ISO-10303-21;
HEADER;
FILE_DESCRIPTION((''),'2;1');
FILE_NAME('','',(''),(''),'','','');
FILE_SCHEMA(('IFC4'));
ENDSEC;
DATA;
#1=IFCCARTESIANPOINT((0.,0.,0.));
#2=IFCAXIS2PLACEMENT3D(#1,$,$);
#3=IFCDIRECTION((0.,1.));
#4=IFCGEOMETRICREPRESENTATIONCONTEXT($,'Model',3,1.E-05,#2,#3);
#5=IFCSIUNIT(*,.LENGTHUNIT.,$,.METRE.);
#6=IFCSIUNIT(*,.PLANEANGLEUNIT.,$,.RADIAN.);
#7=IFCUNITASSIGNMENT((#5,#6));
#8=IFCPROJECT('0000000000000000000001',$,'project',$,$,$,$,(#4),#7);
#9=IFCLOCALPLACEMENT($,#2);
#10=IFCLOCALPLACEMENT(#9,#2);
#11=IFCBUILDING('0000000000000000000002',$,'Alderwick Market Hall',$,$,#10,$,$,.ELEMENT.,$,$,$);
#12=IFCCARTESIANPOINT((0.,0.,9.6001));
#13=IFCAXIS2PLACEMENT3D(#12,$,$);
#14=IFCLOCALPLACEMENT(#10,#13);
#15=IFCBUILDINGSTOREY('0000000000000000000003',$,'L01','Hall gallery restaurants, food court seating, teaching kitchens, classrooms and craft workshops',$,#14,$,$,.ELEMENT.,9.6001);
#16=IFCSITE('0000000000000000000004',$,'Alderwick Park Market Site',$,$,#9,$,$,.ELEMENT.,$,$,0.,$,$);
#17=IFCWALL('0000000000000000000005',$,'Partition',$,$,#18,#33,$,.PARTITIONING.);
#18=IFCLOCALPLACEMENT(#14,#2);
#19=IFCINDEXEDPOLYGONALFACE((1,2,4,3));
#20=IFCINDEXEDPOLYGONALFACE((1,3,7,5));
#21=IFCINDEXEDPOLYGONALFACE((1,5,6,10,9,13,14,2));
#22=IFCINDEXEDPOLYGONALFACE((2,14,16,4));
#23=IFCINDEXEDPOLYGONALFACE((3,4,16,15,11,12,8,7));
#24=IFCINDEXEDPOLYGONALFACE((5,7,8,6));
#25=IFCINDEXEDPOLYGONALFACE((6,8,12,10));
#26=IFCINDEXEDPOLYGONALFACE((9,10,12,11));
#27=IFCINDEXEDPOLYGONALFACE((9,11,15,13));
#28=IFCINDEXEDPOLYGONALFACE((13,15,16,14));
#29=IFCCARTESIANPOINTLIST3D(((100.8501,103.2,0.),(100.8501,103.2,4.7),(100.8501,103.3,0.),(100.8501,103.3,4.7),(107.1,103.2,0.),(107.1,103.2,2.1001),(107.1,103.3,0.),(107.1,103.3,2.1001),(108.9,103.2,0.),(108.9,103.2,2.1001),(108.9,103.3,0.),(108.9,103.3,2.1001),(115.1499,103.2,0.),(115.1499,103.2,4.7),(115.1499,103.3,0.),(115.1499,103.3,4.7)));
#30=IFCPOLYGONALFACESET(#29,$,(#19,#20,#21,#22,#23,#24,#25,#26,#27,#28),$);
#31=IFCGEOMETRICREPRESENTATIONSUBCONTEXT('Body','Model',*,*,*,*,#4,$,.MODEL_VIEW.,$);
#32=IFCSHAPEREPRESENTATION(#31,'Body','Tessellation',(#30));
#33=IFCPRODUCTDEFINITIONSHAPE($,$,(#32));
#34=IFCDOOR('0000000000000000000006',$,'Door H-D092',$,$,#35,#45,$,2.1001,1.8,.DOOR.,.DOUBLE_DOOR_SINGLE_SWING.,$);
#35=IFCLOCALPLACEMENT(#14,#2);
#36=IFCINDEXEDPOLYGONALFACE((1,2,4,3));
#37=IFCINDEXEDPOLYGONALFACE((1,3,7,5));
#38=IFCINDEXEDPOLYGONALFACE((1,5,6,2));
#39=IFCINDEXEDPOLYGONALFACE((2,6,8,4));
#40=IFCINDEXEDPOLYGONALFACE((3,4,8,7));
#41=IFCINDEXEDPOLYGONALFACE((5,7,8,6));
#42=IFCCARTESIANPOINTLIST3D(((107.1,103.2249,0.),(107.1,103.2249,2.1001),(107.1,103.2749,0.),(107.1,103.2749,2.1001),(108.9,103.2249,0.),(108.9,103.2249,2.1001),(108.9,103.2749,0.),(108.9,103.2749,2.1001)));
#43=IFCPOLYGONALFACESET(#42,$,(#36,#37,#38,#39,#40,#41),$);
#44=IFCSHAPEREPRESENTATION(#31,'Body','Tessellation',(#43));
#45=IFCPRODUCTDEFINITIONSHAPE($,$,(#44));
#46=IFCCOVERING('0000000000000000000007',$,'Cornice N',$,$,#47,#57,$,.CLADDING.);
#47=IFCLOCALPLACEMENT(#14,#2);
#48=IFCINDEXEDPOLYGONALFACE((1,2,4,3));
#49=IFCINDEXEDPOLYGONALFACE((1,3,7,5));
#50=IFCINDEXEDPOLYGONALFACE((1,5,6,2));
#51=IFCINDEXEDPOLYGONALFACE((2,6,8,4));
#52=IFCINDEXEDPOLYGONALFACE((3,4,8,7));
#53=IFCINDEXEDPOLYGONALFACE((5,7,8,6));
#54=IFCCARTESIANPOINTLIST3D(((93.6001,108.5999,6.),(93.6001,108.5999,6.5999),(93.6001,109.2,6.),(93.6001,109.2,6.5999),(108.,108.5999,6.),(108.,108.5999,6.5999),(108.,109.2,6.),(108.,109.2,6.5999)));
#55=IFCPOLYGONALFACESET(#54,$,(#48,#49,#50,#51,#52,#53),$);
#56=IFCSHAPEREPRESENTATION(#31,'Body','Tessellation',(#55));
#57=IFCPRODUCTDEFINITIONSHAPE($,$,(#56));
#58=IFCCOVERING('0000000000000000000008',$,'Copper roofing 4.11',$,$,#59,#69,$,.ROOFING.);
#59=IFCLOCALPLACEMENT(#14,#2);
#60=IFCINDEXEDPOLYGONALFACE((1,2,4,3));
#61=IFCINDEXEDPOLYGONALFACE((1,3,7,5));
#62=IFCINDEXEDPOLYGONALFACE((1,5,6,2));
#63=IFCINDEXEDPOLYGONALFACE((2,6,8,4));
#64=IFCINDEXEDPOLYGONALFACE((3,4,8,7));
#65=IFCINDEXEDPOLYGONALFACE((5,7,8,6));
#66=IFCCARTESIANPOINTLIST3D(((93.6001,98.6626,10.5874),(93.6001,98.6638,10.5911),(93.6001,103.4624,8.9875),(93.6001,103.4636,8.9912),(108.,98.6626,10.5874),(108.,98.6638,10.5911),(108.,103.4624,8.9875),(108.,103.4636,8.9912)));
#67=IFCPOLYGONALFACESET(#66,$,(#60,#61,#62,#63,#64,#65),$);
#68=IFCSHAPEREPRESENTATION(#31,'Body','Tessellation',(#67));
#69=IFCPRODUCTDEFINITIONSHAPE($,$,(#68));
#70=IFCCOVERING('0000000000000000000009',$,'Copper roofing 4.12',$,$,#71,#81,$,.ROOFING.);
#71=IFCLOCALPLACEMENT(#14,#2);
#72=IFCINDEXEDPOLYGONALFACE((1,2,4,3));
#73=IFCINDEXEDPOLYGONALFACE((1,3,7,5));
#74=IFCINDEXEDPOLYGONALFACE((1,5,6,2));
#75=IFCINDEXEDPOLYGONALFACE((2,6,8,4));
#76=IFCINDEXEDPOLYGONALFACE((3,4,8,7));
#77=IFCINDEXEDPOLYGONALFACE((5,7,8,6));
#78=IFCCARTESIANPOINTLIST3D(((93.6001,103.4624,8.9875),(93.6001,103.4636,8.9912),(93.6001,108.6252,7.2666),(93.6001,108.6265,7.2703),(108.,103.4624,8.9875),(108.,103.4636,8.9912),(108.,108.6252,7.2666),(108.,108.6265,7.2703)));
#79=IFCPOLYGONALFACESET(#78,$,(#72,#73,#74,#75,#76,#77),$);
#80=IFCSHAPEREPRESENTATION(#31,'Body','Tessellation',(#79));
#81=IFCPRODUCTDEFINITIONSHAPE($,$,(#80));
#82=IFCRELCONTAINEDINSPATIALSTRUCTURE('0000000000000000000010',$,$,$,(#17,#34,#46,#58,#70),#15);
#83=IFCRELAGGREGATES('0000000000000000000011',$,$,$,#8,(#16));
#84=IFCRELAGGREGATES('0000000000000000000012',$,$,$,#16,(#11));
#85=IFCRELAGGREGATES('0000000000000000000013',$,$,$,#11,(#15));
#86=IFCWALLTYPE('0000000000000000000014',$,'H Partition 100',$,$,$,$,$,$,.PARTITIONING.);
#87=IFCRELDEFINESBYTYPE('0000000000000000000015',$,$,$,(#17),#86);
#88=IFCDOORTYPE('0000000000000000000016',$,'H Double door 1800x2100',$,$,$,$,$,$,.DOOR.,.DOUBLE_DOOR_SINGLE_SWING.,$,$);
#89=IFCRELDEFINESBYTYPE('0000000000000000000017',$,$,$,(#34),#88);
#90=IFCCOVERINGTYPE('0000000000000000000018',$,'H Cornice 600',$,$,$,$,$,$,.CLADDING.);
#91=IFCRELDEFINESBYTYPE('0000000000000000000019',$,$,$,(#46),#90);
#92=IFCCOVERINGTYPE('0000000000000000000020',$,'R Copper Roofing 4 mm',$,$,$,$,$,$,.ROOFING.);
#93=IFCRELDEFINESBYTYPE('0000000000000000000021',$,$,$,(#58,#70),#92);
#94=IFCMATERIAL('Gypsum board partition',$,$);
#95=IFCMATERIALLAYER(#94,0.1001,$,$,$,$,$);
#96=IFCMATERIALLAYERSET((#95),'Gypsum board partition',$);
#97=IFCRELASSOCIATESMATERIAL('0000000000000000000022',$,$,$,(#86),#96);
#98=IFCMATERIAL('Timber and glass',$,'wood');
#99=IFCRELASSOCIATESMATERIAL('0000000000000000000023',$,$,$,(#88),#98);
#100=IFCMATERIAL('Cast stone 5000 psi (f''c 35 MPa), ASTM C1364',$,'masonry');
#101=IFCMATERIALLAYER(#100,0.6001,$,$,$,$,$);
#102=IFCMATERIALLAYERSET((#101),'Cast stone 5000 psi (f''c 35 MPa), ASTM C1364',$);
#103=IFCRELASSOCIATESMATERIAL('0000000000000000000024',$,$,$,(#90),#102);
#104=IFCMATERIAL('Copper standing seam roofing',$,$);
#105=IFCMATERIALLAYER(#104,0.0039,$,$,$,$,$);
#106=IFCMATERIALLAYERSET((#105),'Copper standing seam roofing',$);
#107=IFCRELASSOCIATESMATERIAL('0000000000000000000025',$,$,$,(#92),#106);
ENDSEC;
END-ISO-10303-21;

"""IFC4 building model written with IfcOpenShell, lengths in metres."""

from ifc_helpers import new_model, si_unit, direction, frame, frame_2d, origin, place, context, subcontext, project, spatial, polyline, rectangle, outline, extrude, material, layer, layer_set, type_object, element, fill, save


model = new_model("IFC4")

# Units and contexts
model_context = context("Model", 3, precision=1e-05, world=origin(), true_north=direction((0.0, 1.0)))
body_context = subcontext(model_context, "Body", "Model", "MODEL_VIEW")
ifc_project = project(units=[si_unit("LENGTHUNIT", "METRE"), si_unit("PLANEANGLEUNIT", "RADIAN")], contexts=[model_context])

# Site, building, storey
site_placement = place(None, origin())
site = spatial("IfcSite", under=ifc_project, at=site_placement, Name="Alderwick Park Market Site", CompositionType="ELEMENT", RefElevation=0.0)
building_placement = place(site_placement, origin())
building = spatial("IfcBuilding", under=site, at=building_placement, Name="Alderwick Market Hall", CompositionType="ELEMENT")
storey_placement = place(building_placement, frame((0.0, 0.0, 9.6001)))
storey = spatial("IfcBuildingStorey", under=building, at=storey_placement, Name="L01", Description="Hall gallery restaurants, food court seating, teaching kitchens, classrooms and craft workshops", CompositionType="ELEMENT", Elevation=9.6001)

# Wall, opening, door
ifc_material_1 = material(Name="Gypsum board partition")
ifc_layer_1 = layer(ifc_material_1, 0.1001)
ifc_layer_set_1 = layer_set([ifc_layer_1], Name="Gypsum board partition")
wall_type = type_object("IfcWallType", Name="H Partition 100", PredefinedType="PARTITIONING", material=ifc_layer_set_1)
wall_placement = place(storey_placement, frame((100.8501, 103.25, 0.0), z_axis=(0.0, 0.0, 1.0), x_axis=(1.0, 0.0, 0.0)))
wall = element("IfcWall", 1, at=wall_placement, inside=storey, type_object=wall_type, Name="Partition", PredefinedType="PARTITIONING", context=body_context, shape_type="SweptSolid", body=[
    extrude(rectangle(XDim=14.2998, YDim=0.1001, at=frame_2d((7.1499, 0.0))), origin(), (0.0, 0.0, 1.0), 4.7),
])
opening_placement = place(wall_placement, frame((6.25, 0.0, 0.0)))
opening = element("IfcOpeningElement", 2, at=opening_placement, cuts=wall, PredefinedType="OPENING", context=body_context, shape_type="SweptSolid", body=[
    extrude(rectangle(XDim=1.8, YDim=2.1001, at=frame_2d((0.8999, 1.05))), frame((0.0, 0.0601, 0.0), z_axis=(0.0, -1.0, 0.0), x_axis=(1.0, 0.0, 0.0)), (0.0, 0.0, 1.0), 0.1201),
])
ifc_material_2 = material(Name="Timber and glass", Category="wood")
door_type = type_object("IfcDoorType", Name="H Double door 1800x2100", OperationType="DOUBLE_DOOR_SINGLE_SWING", PredefinedType="DOOR", material=ifc_material_2)
door_placement = place(opening_placement, origin())
door = element("IfcDoor", 3, at=door_placement, inside=storey, type_object=door_type, Name="Door H-D092", OperationType="DOUBLE_DOOR_SINGLE_SWING", OverallHeight=2.1001, OverallWidth=1.8, PredefinedType="DOOR", context=body_context, shape_type="SweptSolid", body=[
    extrude(rectangle(XDim=1.8, YDim=2.1001, at=frame_2d((0.8999, 1.05))), frame((0.0, 0.0249, 0.0), z_axis=(0.0, -1.0, 0.0), x_axis=(1.0, 0.0, 0.0)), (0.0, 0.0, 1.0), 0.05),
])
fill(opening, door)

# Coverings
ifc_material_3 = material(Name="Cast stone 5000 psi (f'c 35 MPa), ASTM C1364", Category="masonry")
ifc_layer_2 = layer(ifc_material_3, 0.6001)
ifc_layer_set_2 = layer_set([ifc_layer_2], Name="Cast stone 5000 psi (f'c 35 MPa), ASTM C1364")
covering_type_1 = type_object("IfcCoveringType", Name="H Cornice 600", PredefinedType="CLADDING", material=ifc_layer_set_2)
covering_1_placement = place(storey_placement, frame((93.6001, 108.8999, 6.0), z_axis=(0.0, 0.0, 1.0), x_axis=(1.0, 0.0, 0.0)))
element("IfcCovering", 4, at=covering_1_placement, inside=storey, type_object=covering_type_1, Name="Cornice N", PredefinedType="CLADDING", context=body_context, shape_type="SweptSolid", body=[
    extrude(rectangle(XDim=14.3999, YDim=0.6001, at=frame_2d((7.2, 0.0))), origin(), (0.0, 0.0, 1.0), 0.5999),
])
ifc_material_4 = material(Name="Copper standing seam roofing")
ifc_layer_3 = layer(ifc_material_4, 0.0039)
ifc_layer_set_3 = layer_set([ifc_layer_3], Name="Copper standing seam roofing")
covering_type_2 = type_object("IfcCoveringType", Name="R Copper Roofing 4 mm", PredefinedType="ROOFING", material=ifc_layer_set_3)
covering_2_placement = place(storey_placement, frame((93.6001, 98.6638, 10.5911), z_axis=(0.0, 0.316213, 0.948688), x_axis=(1.0, 0.0, 0.0)))
element("IfcCovering", 5, at=covering_2_placement, inside=storey, type_object=covering_type_2, Name="Copper roofing 4.11", PredefinedType="ROOFING", context=body_context, shape_type="SweptSolid", body=[
    extrude(outline(polyline([(0.0, 0.0), (14.3999, 0.0), (14.3999, 5.0594), (0.0, 5.0594), (0.0, 0.0)])), origin(), (0.0, 0.0, -1.0), 0.0039),
])
covering_3_placement = place(storey_placement, frame((93.6001, 103.4636, 8.9912), z_axis=(0.0, 0.316228, 0.948683), x_axis=(1.0, 0.0, 0.0)))
element("IfcCovering", 6, at=covering_3_placement, inside=storey, type_object=covering_type_2, Name="Copper roofing 4.12", PredefinedType="ROOFING", context=body_context, shape_type="SweptSolid", body=[
    extrude(outline(polyline([(0.0, 0.0), (14.3999, 0.0), (14.3999, 5.4421), (0.0, 5.4421), (0.0, 0.0)])), origin(), (0.0, 0.0, -1.0), 0.0039),
])

save(model, "model.ifc")
